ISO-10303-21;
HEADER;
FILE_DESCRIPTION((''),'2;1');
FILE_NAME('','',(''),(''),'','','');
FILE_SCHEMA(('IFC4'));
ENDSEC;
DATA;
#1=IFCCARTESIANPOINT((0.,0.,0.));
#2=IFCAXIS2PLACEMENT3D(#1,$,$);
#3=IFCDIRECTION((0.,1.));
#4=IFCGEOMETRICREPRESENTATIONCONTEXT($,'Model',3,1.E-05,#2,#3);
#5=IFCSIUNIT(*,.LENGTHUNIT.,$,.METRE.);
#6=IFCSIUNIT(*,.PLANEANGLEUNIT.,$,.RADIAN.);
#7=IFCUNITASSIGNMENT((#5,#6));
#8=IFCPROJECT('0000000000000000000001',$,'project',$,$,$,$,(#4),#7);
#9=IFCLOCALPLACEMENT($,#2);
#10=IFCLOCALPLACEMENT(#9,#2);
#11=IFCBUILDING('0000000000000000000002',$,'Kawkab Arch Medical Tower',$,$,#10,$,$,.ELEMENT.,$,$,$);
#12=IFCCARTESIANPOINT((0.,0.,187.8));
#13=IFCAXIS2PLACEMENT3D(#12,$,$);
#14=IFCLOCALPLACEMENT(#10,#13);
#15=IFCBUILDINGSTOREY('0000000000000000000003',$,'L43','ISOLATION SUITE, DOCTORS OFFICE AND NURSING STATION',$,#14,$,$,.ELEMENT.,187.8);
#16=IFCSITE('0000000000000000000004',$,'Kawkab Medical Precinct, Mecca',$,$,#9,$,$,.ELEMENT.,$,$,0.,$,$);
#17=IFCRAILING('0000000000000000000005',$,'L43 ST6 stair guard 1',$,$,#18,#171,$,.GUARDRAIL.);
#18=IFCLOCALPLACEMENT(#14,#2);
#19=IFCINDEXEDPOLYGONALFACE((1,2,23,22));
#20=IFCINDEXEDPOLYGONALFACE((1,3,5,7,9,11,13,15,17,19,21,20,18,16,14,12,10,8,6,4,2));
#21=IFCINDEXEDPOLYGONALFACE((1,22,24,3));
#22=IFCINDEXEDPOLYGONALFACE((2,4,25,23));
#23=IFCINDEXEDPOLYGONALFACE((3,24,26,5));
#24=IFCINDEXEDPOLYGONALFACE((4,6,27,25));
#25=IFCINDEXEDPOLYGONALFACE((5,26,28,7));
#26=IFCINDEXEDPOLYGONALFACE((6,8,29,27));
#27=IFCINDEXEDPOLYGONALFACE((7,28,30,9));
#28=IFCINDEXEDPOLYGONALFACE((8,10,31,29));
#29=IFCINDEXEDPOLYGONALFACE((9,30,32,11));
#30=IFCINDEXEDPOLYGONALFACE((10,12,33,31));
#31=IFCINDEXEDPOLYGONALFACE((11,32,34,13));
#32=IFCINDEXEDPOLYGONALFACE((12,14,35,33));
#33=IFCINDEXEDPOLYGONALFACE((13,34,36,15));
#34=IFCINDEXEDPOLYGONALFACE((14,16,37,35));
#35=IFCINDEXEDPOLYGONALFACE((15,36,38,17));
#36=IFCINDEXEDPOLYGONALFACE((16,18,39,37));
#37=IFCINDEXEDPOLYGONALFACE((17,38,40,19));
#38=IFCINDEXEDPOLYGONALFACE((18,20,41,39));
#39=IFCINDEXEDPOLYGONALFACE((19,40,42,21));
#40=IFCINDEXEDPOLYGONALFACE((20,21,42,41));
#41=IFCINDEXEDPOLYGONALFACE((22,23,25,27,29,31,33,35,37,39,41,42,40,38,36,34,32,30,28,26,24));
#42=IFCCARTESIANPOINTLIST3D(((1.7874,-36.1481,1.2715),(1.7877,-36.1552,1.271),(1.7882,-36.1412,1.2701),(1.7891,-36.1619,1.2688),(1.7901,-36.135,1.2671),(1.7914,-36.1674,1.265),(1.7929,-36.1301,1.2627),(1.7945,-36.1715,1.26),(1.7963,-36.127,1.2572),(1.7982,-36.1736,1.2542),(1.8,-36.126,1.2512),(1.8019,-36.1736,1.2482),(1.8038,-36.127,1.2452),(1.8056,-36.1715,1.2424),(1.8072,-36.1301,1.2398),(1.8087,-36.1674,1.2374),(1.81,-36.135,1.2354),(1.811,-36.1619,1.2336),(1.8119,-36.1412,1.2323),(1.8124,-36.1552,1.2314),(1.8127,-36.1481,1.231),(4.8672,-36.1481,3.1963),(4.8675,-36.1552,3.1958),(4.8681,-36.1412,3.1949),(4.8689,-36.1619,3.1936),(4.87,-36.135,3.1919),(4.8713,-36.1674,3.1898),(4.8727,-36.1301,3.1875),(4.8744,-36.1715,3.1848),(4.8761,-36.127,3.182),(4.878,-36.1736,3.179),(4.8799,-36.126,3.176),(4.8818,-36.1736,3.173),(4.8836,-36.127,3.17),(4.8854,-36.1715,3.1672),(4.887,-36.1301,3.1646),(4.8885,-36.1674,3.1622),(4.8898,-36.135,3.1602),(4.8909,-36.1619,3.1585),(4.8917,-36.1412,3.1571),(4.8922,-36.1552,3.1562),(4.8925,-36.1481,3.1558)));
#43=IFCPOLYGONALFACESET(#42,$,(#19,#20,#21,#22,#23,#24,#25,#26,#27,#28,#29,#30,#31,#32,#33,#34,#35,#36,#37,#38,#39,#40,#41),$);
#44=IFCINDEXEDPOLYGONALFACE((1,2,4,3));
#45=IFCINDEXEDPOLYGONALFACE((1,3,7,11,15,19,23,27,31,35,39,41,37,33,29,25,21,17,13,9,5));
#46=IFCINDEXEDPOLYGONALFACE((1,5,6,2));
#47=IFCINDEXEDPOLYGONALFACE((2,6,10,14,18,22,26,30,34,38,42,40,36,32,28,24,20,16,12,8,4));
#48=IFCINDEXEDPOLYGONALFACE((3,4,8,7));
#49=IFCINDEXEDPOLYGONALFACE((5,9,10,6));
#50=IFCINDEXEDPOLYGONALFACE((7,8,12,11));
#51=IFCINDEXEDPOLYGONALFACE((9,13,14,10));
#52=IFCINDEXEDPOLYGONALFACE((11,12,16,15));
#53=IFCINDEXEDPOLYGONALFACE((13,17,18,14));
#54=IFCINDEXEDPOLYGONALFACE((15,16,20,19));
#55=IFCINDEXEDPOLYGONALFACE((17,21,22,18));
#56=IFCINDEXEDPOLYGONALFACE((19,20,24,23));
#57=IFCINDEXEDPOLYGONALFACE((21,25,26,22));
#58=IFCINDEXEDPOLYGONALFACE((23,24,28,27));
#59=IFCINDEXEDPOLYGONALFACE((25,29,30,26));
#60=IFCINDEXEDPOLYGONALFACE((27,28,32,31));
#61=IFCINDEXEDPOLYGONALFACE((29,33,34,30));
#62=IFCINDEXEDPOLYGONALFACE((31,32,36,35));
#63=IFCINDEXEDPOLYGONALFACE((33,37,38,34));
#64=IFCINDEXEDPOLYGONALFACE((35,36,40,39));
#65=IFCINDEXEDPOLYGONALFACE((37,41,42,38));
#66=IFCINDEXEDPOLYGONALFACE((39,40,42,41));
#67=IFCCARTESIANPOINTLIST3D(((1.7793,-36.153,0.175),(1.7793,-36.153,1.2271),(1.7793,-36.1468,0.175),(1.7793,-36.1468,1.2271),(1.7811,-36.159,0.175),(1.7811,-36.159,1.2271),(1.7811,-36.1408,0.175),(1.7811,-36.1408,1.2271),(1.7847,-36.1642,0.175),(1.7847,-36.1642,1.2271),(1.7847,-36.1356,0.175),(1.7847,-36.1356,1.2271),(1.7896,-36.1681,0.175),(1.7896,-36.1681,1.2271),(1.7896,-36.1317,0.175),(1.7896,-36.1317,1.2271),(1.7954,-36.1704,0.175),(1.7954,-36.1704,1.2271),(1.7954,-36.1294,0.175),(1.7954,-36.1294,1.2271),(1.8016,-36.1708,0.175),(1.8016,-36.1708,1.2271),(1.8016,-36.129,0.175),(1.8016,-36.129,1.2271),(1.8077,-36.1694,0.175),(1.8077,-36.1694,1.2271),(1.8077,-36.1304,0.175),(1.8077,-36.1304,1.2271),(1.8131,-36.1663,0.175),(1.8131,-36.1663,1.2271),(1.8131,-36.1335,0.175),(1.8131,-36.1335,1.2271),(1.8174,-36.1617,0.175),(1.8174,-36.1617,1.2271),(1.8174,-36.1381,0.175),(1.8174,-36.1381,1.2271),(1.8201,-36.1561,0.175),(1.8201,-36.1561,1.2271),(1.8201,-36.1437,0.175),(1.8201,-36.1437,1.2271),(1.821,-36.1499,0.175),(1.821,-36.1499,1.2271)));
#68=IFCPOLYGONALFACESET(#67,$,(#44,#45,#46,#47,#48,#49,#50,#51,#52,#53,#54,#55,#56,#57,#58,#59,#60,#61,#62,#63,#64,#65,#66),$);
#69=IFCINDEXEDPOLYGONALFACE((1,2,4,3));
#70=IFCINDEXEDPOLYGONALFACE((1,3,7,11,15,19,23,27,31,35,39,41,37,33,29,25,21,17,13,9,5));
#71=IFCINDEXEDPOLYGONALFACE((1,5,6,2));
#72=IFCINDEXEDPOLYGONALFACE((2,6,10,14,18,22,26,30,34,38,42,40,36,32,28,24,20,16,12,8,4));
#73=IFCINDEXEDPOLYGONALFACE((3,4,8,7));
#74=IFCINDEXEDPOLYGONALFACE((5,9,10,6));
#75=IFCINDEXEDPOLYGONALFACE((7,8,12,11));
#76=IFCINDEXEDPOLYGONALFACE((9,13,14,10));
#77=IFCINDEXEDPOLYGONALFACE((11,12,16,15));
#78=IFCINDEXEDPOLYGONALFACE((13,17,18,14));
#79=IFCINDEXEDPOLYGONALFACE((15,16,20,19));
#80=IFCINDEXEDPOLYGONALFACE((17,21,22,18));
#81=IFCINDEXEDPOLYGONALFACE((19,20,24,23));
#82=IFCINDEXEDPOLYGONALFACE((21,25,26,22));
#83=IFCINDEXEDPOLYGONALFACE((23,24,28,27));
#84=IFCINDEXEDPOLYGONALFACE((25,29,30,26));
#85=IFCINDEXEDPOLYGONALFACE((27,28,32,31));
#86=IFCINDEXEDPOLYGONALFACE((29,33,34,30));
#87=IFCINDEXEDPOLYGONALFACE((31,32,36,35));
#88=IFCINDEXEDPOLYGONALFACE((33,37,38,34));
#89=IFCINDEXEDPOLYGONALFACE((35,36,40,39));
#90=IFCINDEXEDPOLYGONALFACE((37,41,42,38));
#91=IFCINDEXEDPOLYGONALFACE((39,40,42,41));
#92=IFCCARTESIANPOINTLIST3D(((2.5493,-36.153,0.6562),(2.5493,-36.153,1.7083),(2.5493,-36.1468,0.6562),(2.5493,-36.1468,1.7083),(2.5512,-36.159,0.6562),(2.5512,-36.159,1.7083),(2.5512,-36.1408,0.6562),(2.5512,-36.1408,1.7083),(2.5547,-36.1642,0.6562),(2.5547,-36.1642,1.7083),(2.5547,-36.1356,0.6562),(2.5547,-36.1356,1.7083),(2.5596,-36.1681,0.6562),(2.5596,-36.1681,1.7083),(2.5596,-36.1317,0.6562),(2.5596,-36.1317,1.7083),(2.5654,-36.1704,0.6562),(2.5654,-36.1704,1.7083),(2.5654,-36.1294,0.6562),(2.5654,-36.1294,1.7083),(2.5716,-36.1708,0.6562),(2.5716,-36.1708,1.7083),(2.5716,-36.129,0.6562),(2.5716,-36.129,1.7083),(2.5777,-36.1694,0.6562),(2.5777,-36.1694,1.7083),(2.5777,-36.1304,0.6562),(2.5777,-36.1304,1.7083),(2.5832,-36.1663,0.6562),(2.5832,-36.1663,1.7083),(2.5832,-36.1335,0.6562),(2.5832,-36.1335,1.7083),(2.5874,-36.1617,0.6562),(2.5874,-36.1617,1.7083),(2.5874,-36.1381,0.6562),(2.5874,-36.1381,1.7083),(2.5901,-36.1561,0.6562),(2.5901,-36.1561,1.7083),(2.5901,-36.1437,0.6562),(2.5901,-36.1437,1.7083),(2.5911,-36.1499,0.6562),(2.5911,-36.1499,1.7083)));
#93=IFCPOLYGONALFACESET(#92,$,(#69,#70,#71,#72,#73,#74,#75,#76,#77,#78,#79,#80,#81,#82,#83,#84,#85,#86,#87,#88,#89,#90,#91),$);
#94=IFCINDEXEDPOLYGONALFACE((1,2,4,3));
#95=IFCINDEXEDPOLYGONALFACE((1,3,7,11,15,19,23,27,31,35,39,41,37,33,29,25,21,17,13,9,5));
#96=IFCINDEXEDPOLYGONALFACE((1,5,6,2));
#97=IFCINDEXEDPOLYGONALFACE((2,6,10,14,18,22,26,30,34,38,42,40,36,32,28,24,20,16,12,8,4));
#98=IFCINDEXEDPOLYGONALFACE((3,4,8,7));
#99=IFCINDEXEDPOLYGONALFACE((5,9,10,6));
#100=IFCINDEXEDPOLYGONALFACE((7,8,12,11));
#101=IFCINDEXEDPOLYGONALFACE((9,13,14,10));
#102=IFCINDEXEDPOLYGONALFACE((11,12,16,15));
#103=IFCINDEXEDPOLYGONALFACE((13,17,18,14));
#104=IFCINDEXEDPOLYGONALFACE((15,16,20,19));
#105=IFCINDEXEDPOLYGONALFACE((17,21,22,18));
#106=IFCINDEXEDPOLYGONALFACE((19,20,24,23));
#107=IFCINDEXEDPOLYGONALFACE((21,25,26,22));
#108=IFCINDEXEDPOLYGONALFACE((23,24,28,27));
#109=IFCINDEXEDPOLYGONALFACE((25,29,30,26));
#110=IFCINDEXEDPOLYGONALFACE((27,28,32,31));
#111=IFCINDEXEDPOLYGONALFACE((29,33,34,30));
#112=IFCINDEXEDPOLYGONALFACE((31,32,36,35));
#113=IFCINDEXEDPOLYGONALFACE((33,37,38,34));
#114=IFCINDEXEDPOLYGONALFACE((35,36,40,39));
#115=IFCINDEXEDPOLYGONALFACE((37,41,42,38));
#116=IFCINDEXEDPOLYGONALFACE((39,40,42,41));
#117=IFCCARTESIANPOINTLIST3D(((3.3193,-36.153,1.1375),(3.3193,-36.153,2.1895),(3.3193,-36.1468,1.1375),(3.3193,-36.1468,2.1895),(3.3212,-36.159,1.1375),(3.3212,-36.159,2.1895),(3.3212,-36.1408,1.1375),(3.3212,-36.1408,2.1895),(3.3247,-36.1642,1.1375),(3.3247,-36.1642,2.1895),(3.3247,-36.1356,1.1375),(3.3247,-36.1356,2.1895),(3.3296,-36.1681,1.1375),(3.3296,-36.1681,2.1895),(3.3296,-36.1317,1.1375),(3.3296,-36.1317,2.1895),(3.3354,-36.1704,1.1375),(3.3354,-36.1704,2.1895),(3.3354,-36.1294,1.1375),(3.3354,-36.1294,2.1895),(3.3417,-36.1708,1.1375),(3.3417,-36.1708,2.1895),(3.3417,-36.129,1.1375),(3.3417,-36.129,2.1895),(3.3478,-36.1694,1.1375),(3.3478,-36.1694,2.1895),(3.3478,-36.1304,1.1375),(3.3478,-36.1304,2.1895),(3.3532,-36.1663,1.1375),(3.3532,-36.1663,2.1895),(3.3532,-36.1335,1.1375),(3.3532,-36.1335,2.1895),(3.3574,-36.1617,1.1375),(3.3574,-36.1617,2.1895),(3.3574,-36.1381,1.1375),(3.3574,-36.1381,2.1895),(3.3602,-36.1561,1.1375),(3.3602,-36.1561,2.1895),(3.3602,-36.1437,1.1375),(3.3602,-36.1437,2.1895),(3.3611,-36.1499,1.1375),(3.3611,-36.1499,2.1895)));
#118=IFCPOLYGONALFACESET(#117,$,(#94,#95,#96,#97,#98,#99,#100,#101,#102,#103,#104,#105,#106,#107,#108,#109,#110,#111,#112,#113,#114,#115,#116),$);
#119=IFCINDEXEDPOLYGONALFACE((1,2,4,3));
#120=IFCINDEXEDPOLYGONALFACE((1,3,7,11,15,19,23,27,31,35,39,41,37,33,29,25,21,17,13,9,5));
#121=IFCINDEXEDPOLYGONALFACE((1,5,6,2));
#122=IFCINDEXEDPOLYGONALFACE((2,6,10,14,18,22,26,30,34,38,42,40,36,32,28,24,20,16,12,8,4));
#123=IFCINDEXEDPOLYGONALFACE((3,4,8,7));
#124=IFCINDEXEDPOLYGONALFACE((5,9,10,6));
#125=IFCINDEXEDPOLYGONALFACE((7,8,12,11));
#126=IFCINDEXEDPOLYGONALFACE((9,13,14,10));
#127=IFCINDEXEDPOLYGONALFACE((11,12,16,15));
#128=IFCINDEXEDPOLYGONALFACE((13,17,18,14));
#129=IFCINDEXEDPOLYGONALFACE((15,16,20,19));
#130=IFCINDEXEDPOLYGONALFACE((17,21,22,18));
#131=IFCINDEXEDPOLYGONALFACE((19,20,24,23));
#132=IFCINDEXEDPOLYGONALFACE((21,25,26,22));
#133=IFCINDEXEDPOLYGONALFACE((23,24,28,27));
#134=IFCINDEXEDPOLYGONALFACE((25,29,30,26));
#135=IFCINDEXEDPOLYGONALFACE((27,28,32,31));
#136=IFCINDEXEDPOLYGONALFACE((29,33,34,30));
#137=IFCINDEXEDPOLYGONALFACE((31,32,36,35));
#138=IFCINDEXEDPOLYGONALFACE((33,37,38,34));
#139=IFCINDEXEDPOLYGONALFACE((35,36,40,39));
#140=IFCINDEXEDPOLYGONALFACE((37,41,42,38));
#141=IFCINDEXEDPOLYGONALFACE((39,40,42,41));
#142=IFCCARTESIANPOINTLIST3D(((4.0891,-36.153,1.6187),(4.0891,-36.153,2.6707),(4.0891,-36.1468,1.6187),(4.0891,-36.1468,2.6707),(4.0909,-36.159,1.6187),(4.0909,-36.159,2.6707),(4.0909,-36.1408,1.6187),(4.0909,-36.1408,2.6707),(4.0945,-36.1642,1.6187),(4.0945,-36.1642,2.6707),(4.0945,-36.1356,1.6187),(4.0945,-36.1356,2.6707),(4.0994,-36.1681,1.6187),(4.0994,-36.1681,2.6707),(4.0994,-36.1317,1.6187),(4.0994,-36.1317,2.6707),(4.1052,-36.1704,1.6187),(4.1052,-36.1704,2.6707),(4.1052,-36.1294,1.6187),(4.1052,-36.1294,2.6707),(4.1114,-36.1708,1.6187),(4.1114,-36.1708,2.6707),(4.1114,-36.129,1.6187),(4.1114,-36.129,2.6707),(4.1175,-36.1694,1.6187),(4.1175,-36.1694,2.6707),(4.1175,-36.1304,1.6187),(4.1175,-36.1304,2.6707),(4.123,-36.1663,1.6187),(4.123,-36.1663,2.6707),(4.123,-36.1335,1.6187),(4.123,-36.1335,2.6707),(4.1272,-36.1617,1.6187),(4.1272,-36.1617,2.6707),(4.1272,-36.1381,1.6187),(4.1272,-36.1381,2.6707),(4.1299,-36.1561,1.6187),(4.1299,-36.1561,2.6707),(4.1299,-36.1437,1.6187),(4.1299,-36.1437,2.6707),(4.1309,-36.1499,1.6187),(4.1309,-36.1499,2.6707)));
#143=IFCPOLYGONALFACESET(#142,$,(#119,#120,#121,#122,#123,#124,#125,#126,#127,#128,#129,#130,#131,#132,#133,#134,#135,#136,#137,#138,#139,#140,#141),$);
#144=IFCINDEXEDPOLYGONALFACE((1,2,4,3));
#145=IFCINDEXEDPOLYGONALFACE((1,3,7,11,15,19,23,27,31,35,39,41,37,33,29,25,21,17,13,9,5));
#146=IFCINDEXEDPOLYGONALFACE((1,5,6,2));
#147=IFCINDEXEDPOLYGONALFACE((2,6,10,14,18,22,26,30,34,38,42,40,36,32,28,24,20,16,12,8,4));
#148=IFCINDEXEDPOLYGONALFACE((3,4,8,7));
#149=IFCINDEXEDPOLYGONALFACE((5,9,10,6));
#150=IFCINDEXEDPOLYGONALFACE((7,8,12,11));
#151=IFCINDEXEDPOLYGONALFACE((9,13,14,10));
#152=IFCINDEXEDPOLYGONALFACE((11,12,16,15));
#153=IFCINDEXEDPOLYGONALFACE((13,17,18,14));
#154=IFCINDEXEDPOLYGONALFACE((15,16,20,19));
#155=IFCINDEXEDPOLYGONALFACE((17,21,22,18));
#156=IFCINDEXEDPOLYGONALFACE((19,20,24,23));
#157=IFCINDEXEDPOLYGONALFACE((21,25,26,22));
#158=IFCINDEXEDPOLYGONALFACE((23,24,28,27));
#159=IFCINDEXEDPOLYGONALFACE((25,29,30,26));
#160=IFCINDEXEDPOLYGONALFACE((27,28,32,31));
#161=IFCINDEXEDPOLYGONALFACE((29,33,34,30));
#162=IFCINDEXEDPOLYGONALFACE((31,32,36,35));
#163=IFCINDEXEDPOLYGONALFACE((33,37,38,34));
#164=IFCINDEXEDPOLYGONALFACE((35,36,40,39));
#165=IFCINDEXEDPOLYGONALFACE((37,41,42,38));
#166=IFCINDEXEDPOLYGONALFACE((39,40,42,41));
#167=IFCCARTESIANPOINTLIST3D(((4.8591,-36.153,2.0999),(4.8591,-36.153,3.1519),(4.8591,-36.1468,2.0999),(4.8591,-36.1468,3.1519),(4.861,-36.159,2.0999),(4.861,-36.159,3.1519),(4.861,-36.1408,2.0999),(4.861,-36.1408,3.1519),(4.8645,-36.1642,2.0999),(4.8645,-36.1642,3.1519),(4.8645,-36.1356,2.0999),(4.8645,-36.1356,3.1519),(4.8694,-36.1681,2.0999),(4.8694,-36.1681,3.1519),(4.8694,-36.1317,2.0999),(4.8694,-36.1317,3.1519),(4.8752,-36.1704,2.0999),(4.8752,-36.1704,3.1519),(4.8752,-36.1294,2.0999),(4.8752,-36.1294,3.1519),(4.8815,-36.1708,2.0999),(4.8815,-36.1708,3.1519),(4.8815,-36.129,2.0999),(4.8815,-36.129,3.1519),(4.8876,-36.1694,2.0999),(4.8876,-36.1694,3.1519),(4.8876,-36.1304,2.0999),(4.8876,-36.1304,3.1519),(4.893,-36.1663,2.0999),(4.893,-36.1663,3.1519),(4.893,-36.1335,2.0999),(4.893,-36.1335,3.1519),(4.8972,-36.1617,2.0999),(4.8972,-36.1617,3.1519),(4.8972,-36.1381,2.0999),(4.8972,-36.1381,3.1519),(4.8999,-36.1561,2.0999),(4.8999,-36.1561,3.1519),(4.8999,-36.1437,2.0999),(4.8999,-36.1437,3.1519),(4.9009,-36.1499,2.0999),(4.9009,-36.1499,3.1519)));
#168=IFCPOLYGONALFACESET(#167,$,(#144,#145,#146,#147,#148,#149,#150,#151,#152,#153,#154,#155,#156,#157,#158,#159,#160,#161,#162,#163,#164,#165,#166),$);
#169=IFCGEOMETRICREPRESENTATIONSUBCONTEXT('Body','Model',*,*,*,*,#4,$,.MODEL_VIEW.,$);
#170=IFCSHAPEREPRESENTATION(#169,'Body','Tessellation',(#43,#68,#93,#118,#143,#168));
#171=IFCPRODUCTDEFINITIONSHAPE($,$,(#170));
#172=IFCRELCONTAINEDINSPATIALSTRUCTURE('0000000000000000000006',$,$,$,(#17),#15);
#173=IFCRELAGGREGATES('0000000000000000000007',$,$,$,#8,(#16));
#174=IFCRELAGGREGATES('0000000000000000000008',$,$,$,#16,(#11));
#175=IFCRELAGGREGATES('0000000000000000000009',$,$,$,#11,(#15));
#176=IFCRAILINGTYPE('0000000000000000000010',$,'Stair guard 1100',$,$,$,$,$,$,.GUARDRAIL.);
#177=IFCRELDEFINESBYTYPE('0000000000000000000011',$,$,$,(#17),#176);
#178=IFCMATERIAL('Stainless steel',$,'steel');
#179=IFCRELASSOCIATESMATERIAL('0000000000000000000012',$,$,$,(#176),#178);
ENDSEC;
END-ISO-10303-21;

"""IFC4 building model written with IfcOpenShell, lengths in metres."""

from ifc_helpers import new_model, si_unit, direction, frame, origin, origin_2d, place, context, subcontext, project, spatial, circle, extrude, material, type_object, element, save


model = new_model("IFC4")

# Units and contexts
model_context = context("Model", 3, precision=1e-05, world=origin(), true_north=direction((0.0, 1.0)))
body_context = subcontext(model_context, "Body", "Model", "MODEL_VIEW")
ifc_project = project(units=[si_unit("LENGTHUNIT", "METRE"), si_unit("PLANEANGLEUNIT", "RADIAN")], contexts=[model_context])

# Site, building, storey
site_placement = place(None, origin())
site = spatial("IfcSite", under=ifc_project, at=site_placement, Name="Kawkab Medical Precinct, Mecca", CompositionType="ELEMENT", RefElevation=0.0)
building_placement = place(site_placement, origin())
building = spatial("IfcBuilding", under=site, at=building_placement, Name="Kawkab Arch Medical Tower", CompositionType="ELEMENT")
storey_placement = place(building_placement, frame((0.0, 0.0, 187.8)))
storey = spatial("IfcBuildingStorey", under=building, at=storey_placement, Name="L43", Description="ISOLATION SUITE, DOCTORS OFFICE AND NURSING STATION", CompositionType="ELEMENT", Elevation=187.8)

# Railing
ifc_material_1 = material(Name="Stainless steel", Category="steel")
railing_type = type_object("IfcRailingType", Name="Stair guard 1100", PredefinedType="GUARDRAIL", material=ifc_material_1)
railing_1_placement = place(storey_placement, frame((1.8, -36.1499, 0.175)))
element("IfcRailing", 1, at=railing_1_placement, inside=storey, type_object=railing_type, Name="L43 ST6 stair guard 1", PredefinedType="GUARDRAIL", context=body_context, shape_type="SweptSolid", body=[
    extrude(circle(Radius=0.0239, at=origin_2d()), frame((0.0, 0.0, 1.0762), z_axis=(0.84801, 0.0, 0.529981), x_axis=(0.0, 1.0, 0.0)), (0.0, 0.0, 1.0), 3.6318),
    extrude(circle(Radius=0.021, at=origin_2d()), origin(), (0.0, 0.0, 1.0), 1.052),
    extrude(circle(Radius=0.021, at=origin_2d()), frame((0.77, 0.0, 0.4812)), (0.0, 0.0, 1.0), 1.052),
    extrude(circle(Radius=0.021, at=origin_2d()), frame((1.54, 0.0, 0.9624)), (0.0, 0.0, 1.0), 1.052),
    extrude(circle(Radius=0.021, at=origin_2d()), frame((2.3098, 0.0, 1.4436)), (0.0, 0.0, 1.0), 1.052),
    extrude(circle(Radius=0.021, at=origin_2d()), frame((3.0798, 0.0, 1.9248)), (0.0, 0.0, 1.0), 1.052),
])

save(model, "model.ifc")
